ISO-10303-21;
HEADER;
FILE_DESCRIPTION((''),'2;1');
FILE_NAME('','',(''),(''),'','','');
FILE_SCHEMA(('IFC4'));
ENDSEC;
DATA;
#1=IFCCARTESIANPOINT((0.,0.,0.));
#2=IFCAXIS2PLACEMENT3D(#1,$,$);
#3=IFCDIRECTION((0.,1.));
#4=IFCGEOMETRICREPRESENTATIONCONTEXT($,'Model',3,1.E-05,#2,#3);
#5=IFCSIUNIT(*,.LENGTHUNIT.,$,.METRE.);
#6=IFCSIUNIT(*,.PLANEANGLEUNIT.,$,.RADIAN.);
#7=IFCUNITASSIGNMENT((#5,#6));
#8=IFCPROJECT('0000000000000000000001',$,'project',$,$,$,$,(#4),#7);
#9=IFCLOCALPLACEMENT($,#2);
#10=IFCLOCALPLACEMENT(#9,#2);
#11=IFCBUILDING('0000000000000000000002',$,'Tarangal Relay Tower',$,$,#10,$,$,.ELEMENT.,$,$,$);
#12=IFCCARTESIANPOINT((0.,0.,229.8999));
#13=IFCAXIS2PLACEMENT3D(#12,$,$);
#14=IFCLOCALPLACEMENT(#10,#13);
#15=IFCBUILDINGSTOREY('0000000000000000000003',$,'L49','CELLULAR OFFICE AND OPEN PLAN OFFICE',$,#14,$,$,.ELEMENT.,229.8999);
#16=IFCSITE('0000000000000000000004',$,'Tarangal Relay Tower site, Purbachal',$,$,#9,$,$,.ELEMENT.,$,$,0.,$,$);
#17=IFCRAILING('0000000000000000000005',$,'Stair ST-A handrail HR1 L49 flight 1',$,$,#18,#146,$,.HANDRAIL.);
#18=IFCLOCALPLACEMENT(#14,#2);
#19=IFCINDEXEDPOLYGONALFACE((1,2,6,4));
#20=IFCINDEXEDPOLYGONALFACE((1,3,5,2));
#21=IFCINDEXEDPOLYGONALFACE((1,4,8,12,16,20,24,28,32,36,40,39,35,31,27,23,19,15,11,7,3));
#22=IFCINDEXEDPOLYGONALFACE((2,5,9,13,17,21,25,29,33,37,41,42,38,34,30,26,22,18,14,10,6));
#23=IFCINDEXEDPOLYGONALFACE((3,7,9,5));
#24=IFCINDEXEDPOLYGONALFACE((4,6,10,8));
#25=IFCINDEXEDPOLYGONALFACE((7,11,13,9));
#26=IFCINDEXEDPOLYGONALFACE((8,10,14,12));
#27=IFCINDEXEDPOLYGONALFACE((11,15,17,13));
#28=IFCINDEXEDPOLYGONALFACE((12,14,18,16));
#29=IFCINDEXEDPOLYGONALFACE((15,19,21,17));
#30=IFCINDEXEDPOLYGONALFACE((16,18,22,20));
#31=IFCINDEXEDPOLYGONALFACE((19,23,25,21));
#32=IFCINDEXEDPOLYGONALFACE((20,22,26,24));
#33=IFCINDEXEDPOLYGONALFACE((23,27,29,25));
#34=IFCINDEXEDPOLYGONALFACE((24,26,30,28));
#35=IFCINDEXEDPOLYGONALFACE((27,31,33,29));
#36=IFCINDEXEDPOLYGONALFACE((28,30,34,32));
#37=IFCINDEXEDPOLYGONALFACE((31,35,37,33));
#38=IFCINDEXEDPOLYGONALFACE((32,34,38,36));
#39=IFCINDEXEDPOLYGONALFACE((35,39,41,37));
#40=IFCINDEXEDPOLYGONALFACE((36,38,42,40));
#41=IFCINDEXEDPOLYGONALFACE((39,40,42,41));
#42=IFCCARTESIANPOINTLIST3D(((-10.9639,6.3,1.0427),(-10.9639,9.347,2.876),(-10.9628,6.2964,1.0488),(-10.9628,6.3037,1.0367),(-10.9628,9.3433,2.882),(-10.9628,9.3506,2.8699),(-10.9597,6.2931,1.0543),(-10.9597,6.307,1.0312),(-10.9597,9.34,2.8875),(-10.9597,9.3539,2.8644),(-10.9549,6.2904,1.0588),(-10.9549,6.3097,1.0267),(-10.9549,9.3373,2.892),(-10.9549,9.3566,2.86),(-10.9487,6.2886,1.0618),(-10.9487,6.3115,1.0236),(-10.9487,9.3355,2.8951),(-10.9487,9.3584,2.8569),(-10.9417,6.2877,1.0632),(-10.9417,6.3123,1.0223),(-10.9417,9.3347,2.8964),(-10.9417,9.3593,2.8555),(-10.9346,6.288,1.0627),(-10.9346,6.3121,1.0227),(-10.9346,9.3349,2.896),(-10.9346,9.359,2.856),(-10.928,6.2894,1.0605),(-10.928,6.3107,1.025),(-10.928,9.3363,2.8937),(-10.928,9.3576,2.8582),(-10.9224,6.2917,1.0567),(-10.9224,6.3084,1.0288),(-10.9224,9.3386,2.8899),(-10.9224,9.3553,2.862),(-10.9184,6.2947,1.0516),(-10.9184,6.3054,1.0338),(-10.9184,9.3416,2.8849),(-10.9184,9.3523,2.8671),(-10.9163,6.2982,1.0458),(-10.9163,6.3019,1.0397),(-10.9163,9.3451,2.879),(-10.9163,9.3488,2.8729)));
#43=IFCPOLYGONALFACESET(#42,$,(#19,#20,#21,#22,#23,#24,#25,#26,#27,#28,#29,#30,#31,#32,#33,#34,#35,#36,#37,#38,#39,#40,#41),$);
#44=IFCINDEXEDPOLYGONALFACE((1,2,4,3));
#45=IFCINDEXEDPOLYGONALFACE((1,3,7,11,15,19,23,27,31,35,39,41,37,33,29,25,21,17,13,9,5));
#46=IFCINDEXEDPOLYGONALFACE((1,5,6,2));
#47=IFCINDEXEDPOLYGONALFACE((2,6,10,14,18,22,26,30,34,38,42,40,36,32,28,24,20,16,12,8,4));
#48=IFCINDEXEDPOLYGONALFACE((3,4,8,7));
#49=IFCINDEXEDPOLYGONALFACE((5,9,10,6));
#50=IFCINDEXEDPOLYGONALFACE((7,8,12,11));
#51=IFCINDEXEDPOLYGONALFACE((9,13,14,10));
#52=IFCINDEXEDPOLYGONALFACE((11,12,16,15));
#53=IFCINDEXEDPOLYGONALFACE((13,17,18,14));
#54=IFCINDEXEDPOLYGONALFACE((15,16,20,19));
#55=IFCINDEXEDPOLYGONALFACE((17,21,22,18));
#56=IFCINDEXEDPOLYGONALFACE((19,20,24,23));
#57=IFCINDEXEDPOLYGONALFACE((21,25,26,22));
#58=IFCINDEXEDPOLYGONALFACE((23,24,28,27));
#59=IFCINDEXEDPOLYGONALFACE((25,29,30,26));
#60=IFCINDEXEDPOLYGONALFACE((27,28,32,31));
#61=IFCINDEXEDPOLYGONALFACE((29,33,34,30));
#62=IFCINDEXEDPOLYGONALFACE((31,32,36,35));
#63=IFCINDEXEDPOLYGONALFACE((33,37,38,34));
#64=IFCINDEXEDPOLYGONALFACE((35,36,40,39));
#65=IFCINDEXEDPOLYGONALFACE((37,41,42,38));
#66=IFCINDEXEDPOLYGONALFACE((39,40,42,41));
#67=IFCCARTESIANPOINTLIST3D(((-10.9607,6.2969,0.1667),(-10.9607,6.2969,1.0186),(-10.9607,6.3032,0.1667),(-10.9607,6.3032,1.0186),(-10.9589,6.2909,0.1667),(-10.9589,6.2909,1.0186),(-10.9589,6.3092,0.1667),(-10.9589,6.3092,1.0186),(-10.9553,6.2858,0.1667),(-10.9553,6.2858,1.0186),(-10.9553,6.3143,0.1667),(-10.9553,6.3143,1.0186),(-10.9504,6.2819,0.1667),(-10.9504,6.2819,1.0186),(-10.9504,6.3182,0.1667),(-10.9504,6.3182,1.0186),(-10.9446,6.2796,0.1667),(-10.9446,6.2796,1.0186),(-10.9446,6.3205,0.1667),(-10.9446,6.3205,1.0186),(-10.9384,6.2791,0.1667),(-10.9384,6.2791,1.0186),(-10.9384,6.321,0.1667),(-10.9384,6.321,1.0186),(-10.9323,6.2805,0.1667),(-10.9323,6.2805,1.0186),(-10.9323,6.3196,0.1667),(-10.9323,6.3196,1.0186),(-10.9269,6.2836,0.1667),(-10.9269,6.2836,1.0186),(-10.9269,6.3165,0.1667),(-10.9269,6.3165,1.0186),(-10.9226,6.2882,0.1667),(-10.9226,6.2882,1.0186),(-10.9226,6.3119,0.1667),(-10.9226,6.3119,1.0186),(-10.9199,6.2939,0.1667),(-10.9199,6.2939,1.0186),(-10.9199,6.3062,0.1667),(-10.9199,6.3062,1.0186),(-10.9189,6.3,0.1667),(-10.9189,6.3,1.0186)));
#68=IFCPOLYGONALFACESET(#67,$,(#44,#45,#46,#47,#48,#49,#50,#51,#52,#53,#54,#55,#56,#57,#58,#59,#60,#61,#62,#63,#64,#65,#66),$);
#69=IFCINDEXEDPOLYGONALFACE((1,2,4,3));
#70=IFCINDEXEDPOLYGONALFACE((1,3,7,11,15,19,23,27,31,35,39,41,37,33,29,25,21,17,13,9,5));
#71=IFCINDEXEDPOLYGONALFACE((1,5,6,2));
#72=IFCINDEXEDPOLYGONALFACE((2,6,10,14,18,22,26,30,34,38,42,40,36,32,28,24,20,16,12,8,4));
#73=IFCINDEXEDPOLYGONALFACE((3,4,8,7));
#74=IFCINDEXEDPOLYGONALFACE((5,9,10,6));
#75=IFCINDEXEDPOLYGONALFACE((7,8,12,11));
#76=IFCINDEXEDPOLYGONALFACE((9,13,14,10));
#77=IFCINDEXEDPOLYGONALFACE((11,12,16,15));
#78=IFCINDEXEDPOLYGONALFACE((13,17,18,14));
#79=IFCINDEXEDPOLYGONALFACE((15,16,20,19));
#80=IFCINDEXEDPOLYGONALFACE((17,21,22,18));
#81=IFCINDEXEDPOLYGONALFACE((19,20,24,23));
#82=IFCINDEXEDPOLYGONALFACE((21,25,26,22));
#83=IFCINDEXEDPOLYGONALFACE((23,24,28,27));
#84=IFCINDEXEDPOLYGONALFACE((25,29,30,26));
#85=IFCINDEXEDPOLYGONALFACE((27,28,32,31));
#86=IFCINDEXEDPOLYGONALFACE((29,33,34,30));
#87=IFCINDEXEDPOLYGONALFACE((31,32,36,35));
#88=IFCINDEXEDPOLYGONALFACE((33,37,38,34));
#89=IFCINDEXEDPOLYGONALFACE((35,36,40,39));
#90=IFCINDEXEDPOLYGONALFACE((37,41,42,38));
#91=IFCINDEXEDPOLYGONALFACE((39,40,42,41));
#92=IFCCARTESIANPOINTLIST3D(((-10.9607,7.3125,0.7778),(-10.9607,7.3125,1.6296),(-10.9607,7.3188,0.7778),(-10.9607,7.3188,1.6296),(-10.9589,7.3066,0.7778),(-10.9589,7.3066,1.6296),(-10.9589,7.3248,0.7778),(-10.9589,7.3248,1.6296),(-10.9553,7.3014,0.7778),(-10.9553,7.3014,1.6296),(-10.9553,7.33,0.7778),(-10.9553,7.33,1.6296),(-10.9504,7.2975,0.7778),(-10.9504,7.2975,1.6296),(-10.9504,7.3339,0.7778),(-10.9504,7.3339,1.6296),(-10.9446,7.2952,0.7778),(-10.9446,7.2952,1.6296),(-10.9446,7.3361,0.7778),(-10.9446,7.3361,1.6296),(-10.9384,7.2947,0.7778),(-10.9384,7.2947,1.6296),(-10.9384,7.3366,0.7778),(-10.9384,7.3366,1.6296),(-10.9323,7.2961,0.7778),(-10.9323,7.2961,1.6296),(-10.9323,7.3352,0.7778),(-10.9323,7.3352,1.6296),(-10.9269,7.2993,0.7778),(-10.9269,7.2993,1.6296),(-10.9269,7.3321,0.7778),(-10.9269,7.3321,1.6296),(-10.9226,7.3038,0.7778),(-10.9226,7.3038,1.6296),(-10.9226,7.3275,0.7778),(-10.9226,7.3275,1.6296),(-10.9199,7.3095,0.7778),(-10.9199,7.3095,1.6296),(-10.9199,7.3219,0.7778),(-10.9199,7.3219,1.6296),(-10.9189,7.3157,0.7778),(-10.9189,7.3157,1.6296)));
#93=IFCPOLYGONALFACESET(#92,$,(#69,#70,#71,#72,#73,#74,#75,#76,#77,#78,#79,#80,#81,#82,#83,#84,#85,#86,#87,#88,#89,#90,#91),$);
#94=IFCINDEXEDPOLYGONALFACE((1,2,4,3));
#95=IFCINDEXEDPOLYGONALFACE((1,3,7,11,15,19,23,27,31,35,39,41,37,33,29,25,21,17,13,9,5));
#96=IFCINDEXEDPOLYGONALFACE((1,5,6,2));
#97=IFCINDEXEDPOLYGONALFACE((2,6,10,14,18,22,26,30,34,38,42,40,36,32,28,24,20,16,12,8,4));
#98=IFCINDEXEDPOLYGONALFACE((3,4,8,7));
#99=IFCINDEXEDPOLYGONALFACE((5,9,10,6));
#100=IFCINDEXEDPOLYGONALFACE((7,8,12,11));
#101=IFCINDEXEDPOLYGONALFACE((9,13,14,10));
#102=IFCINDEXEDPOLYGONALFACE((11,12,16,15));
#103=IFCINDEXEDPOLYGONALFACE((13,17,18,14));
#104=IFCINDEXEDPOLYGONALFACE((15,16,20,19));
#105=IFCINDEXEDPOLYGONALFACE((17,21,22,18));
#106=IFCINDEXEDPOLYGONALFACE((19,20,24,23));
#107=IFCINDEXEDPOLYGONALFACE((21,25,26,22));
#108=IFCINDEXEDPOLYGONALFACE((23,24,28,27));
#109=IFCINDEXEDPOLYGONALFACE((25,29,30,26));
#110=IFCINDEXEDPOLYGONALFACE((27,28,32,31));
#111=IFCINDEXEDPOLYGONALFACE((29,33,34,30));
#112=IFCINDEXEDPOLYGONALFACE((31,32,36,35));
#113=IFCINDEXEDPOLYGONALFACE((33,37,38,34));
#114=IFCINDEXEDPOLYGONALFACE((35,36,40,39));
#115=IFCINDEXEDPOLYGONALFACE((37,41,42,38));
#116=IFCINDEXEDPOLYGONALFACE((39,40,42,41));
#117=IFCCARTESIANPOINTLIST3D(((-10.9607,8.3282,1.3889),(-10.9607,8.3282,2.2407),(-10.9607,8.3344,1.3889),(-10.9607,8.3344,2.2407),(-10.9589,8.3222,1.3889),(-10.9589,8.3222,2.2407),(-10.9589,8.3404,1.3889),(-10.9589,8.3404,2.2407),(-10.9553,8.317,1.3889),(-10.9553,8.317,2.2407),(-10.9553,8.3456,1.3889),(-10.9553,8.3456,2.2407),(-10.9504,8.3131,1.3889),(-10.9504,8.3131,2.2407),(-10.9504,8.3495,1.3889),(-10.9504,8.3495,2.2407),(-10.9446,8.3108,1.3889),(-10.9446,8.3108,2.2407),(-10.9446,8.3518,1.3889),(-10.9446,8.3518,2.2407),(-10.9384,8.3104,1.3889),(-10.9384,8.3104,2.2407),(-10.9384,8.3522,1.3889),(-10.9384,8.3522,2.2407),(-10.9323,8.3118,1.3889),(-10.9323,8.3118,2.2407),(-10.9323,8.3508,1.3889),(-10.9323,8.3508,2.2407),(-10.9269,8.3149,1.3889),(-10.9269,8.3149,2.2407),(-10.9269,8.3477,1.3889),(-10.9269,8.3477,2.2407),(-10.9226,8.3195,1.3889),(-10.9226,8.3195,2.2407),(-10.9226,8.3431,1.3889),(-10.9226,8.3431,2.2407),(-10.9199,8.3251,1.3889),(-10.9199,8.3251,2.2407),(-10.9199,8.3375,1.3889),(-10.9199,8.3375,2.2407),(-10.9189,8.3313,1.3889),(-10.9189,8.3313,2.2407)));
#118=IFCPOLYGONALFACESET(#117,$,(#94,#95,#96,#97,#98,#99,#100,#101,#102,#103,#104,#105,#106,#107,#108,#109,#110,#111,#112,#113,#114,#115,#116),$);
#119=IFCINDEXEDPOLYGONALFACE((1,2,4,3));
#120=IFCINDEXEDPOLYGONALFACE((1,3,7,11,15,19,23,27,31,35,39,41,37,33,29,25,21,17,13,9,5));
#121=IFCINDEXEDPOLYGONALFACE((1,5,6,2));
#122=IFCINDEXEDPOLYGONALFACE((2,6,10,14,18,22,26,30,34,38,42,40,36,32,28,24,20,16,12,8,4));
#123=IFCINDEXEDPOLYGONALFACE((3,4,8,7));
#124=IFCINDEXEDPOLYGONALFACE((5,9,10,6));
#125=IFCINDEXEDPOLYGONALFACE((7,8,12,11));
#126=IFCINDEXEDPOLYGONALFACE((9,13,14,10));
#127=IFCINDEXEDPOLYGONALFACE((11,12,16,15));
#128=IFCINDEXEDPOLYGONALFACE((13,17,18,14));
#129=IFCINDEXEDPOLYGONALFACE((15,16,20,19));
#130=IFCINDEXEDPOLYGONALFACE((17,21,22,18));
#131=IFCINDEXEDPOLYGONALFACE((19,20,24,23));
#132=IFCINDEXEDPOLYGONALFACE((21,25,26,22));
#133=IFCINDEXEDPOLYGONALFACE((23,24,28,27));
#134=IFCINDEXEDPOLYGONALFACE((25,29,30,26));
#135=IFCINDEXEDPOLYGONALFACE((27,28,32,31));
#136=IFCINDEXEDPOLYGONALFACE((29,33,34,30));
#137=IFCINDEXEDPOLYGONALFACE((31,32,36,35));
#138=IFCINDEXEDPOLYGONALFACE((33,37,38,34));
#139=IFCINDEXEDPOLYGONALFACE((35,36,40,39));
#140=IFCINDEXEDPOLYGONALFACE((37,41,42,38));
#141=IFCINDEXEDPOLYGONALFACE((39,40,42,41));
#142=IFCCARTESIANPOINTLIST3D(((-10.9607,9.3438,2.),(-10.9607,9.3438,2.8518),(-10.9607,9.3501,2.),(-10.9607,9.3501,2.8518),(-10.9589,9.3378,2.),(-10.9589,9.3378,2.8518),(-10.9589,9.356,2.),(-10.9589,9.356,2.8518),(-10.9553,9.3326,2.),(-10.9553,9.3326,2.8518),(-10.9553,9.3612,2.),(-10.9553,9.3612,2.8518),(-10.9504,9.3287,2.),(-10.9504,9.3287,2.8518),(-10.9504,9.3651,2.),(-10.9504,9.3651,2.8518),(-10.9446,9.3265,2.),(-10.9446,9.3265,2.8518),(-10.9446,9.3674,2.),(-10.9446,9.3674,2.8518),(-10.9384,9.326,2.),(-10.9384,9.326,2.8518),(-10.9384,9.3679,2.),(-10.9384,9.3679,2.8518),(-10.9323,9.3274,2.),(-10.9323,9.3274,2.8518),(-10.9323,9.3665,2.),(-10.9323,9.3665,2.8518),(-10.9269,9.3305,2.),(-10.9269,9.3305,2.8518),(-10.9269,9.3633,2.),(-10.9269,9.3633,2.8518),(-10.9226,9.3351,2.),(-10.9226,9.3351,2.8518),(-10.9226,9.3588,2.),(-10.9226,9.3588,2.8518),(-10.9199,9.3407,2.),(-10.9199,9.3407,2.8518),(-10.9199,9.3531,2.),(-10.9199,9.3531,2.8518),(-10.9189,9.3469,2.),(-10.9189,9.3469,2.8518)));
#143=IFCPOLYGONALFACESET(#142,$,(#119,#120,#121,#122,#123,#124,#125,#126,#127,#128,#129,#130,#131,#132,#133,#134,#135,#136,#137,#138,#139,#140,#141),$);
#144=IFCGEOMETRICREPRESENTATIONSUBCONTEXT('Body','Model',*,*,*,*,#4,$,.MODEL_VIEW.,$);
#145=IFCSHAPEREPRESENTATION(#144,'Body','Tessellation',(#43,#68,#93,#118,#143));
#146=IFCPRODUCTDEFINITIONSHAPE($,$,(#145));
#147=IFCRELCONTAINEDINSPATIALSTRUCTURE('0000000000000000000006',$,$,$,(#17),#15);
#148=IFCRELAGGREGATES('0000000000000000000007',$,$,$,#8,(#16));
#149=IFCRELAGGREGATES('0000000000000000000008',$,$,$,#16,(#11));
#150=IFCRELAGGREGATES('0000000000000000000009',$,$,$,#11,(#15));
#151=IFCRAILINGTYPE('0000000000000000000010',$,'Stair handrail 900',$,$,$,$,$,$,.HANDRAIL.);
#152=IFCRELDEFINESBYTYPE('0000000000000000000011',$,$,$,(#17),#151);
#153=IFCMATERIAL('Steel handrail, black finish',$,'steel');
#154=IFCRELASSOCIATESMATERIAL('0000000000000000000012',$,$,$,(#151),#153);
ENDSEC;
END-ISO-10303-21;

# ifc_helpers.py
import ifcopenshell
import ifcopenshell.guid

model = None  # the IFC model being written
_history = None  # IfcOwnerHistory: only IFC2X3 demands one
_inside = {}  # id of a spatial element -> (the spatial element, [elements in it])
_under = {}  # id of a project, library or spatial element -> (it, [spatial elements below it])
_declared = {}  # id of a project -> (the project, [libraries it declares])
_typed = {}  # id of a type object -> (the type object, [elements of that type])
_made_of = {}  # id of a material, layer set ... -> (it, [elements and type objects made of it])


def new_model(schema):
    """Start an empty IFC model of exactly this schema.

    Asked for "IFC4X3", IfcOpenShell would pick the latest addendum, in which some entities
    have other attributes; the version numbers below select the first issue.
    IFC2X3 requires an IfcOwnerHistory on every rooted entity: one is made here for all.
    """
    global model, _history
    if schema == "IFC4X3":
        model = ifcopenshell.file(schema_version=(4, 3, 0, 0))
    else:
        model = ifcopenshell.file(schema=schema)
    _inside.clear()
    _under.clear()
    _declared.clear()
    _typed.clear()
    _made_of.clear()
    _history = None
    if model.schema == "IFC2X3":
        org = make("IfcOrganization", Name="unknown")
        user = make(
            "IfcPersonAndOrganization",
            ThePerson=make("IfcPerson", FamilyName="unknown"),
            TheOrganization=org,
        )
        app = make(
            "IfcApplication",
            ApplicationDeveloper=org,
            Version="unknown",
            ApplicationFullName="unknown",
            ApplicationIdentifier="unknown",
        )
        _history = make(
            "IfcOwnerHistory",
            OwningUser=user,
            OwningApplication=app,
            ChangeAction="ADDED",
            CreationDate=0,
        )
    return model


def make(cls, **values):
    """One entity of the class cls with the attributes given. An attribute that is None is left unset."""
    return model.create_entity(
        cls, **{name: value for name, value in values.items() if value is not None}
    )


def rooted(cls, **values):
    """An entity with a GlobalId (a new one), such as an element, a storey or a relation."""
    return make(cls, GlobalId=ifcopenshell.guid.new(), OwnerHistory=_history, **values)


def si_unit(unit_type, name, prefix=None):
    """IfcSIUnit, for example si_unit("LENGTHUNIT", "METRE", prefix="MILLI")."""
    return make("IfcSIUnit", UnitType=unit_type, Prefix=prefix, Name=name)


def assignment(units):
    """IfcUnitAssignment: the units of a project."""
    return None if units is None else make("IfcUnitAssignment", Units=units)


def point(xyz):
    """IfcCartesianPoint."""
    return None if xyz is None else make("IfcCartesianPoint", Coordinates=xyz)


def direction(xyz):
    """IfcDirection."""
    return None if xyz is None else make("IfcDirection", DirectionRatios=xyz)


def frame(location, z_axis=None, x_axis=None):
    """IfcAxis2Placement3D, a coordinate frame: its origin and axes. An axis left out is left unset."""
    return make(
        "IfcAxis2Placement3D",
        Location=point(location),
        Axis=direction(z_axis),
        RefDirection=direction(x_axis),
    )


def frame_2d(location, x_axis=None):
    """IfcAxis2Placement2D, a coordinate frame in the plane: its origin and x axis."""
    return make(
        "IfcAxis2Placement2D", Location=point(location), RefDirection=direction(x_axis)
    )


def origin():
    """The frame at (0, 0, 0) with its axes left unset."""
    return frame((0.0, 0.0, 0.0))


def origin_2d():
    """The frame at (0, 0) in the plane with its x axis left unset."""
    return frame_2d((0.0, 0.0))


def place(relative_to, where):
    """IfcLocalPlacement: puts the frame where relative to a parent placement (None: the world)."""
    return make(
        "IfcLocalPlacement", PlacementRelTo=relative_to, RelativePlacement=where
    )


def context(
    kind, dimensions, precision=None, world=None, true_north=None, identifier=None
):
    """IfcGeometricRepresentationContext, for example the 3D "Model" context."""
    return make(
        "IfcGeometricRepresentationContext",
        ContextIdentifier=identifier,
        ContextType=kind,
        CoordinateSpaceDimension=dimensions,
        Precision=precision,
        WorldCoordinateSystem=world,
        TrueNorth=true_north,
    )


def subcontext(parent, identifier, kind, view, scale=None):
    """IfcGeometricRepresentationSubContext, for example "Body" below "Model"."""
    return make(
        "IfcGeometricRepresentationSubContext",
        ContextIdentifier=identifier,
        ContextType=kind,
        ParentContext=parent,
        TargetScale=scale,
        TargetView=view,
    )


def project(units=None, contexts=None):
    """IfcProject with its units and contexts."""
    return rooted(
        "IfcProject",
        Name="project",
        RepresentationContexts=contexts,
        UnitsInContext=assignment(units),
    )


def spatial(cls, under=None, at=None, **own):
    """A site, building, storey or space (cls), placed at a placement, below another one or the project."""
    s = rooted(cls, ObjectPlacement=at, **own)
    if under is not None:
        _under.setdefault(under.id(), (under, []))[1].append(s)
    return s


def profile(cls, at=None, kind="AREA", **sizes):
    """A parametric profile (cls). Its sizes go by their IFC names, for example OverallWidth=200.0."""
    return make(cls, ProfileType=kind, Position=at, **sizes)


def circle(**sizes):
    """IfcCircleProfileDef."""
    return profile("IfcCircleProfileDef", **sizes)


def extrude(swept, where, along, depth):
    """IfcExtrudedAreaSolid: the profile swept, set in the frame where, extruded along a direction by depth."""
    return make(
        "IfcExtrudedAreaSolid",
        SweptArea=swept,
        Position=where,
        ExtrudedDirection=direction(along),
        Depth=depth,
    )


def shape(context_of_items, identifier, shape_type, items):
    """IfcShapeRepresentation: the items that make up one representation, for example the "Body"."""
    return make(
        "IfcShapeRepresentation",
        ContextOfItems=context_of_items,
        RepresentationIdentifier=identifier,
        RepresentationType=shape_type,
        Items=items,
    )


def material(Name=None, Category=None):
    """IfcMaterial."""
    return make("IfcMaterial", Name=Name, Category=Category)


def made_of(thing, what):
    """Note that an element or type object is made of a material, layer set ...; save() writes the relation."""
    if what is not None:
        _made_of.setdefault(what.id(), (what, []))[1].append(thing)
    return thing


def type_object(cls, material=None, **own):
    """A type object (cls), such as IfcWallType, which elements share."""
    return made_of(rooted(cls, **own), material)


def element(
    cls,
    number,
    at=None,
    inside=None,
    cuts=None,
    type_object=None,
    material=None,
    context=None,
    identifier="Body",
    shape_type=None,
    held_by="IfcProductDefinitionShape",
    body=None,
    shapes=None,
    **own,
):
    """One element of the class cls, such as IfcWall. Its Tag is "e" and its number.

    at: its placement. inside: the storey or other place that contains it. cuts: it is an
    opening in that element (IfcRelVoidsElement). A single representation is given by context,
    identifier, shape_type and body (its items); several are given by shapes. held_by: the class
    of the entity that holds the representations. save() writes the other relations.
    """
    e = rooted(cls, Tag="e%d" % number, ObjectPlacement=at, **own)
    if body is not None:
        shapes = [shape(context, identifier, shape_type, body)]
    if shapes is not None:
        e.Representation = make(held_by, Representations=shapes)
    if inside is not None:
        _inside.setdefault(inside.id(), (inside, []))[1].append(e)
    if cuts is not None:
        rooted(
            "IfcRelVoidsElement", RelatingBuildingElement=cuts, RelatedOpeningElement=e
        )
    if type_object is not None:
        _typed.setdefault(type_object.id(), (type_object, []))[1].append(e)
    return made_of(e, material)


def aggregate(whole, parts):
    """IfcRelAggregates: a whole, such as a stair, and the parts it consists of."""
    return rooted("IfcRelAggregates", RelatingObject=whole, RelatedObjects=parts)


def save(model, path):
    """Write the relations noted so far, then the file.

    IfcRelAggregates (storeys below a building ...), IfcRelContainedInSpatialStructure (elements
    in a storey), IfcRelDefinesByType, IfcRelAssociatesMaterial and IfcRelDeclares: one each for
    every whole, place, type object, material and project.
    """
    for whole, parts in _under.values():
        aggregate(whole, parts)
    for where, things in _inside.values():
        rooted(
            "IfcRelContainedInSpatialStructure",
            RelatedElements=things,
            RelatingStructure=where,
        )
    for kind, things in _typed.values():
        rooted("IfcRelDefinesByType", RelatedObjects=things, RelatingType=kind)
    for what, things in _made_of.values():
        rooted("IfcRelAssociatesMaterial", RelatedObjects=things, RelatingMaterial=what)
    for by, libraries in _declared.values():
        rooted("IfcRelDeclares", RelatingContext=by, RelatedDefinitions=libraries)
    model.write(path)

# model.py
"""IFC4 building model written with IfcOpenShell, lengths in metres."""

from ifc_helpers import new_model, si_unit, direction, frame, origin, origin_2d, place, context, subcontext, project, spatial, circle, extrude, material, type_object, element, save


model = new_model("IFC4")

# Units and contexts
model_context = context("Model", 3, precision=1e-05, world=origin(), true_north=direction((0.0, 1.0)))
body_context = subcontext(model_context, "Body", "Model", "MODEL_VIEW")
ifc_project = project(units=[si_unit("LENGTHUNIT", "METRE"), si_unit("PLANEANGLEUNIT", "RADIAN")], contexts=[model_context])

# Site, building, storey
site_placement = place(None, origin())
site = spatial("IfcSite", under=ifc_project, at=site_placement, Name="Tarangal Relay Tower site, Purbachal", CompositionType="ELEMENT", RefElevation=0.0)
building_placement = place(site_placement, origin())
building = spatial("IfcBuilding", under=site, at=building_placement, Name="Tarangal Relay Tower", CompositionType="ELEMENT")
storey_placement = place(building_placement, frame((0.0, 0.0, 229.8999)))
storey = spatial("IfcBuildingStorey", under=building, at=storey_placement, Name="L49", Description="CELLULAR OFFICE AND OPEN PLAN OFFICE", CompositionType="ELEMENT", Elevation=229.8999)

# Railing
ifc_material_1 = material(Name="Steel handrail, black finish", Category="steel")
railing_type_1 = type_object("IfcRailingType", Name="Stair handrail 900", PredefinedType="HANDRAIL", material=ifc_material_1)
railing_1_placement = place(storey_placement, frame((-10.9399, 6.3, 0.1667)))
element("IfcRailing", 1, at=railing_1_placement, inside=storey, type_object=railing_type_1, Name="Stair ST-A handrail HR1 L49 flight 1", PredefinedType="HANDRAIL", context=body_context, shape_type="SweptSolid", body=[
    extrude(circle(Radius=0.0239, at=origin_2d()), frame((0.0, 0.0, 0.876), z_axis=(0.0, 0.856856, 0.515556), x_axis=(-1.0, 0.0, 0.0)), (0.0, 0.0, 1.0), 3.5559),
    extrude(circle(Radius=0.021, at=origin_2d()), origin(), (0.0, 0.0, 1.0), 0.8518),
    extrude(circle(Radius=0.021, at=origin_2d()), frame((0.0, 1.0156, 0.6111)), (0.0, 0.0, 1.0), 0.8518),
    extrude(circle(Radius=0.021, at=origin_2d()), frame((0.0, 2.0312, 1.2222)), (0.0, 0.0, 1.0), 0.8518),
    extrude(circle(Radius=0.021, at=origin_2d()), frame((0.0, 3.0469, 1.8333)), (0.0, 0.0, 1.0), 0.8518),
])

save(model, "model.ifc")
